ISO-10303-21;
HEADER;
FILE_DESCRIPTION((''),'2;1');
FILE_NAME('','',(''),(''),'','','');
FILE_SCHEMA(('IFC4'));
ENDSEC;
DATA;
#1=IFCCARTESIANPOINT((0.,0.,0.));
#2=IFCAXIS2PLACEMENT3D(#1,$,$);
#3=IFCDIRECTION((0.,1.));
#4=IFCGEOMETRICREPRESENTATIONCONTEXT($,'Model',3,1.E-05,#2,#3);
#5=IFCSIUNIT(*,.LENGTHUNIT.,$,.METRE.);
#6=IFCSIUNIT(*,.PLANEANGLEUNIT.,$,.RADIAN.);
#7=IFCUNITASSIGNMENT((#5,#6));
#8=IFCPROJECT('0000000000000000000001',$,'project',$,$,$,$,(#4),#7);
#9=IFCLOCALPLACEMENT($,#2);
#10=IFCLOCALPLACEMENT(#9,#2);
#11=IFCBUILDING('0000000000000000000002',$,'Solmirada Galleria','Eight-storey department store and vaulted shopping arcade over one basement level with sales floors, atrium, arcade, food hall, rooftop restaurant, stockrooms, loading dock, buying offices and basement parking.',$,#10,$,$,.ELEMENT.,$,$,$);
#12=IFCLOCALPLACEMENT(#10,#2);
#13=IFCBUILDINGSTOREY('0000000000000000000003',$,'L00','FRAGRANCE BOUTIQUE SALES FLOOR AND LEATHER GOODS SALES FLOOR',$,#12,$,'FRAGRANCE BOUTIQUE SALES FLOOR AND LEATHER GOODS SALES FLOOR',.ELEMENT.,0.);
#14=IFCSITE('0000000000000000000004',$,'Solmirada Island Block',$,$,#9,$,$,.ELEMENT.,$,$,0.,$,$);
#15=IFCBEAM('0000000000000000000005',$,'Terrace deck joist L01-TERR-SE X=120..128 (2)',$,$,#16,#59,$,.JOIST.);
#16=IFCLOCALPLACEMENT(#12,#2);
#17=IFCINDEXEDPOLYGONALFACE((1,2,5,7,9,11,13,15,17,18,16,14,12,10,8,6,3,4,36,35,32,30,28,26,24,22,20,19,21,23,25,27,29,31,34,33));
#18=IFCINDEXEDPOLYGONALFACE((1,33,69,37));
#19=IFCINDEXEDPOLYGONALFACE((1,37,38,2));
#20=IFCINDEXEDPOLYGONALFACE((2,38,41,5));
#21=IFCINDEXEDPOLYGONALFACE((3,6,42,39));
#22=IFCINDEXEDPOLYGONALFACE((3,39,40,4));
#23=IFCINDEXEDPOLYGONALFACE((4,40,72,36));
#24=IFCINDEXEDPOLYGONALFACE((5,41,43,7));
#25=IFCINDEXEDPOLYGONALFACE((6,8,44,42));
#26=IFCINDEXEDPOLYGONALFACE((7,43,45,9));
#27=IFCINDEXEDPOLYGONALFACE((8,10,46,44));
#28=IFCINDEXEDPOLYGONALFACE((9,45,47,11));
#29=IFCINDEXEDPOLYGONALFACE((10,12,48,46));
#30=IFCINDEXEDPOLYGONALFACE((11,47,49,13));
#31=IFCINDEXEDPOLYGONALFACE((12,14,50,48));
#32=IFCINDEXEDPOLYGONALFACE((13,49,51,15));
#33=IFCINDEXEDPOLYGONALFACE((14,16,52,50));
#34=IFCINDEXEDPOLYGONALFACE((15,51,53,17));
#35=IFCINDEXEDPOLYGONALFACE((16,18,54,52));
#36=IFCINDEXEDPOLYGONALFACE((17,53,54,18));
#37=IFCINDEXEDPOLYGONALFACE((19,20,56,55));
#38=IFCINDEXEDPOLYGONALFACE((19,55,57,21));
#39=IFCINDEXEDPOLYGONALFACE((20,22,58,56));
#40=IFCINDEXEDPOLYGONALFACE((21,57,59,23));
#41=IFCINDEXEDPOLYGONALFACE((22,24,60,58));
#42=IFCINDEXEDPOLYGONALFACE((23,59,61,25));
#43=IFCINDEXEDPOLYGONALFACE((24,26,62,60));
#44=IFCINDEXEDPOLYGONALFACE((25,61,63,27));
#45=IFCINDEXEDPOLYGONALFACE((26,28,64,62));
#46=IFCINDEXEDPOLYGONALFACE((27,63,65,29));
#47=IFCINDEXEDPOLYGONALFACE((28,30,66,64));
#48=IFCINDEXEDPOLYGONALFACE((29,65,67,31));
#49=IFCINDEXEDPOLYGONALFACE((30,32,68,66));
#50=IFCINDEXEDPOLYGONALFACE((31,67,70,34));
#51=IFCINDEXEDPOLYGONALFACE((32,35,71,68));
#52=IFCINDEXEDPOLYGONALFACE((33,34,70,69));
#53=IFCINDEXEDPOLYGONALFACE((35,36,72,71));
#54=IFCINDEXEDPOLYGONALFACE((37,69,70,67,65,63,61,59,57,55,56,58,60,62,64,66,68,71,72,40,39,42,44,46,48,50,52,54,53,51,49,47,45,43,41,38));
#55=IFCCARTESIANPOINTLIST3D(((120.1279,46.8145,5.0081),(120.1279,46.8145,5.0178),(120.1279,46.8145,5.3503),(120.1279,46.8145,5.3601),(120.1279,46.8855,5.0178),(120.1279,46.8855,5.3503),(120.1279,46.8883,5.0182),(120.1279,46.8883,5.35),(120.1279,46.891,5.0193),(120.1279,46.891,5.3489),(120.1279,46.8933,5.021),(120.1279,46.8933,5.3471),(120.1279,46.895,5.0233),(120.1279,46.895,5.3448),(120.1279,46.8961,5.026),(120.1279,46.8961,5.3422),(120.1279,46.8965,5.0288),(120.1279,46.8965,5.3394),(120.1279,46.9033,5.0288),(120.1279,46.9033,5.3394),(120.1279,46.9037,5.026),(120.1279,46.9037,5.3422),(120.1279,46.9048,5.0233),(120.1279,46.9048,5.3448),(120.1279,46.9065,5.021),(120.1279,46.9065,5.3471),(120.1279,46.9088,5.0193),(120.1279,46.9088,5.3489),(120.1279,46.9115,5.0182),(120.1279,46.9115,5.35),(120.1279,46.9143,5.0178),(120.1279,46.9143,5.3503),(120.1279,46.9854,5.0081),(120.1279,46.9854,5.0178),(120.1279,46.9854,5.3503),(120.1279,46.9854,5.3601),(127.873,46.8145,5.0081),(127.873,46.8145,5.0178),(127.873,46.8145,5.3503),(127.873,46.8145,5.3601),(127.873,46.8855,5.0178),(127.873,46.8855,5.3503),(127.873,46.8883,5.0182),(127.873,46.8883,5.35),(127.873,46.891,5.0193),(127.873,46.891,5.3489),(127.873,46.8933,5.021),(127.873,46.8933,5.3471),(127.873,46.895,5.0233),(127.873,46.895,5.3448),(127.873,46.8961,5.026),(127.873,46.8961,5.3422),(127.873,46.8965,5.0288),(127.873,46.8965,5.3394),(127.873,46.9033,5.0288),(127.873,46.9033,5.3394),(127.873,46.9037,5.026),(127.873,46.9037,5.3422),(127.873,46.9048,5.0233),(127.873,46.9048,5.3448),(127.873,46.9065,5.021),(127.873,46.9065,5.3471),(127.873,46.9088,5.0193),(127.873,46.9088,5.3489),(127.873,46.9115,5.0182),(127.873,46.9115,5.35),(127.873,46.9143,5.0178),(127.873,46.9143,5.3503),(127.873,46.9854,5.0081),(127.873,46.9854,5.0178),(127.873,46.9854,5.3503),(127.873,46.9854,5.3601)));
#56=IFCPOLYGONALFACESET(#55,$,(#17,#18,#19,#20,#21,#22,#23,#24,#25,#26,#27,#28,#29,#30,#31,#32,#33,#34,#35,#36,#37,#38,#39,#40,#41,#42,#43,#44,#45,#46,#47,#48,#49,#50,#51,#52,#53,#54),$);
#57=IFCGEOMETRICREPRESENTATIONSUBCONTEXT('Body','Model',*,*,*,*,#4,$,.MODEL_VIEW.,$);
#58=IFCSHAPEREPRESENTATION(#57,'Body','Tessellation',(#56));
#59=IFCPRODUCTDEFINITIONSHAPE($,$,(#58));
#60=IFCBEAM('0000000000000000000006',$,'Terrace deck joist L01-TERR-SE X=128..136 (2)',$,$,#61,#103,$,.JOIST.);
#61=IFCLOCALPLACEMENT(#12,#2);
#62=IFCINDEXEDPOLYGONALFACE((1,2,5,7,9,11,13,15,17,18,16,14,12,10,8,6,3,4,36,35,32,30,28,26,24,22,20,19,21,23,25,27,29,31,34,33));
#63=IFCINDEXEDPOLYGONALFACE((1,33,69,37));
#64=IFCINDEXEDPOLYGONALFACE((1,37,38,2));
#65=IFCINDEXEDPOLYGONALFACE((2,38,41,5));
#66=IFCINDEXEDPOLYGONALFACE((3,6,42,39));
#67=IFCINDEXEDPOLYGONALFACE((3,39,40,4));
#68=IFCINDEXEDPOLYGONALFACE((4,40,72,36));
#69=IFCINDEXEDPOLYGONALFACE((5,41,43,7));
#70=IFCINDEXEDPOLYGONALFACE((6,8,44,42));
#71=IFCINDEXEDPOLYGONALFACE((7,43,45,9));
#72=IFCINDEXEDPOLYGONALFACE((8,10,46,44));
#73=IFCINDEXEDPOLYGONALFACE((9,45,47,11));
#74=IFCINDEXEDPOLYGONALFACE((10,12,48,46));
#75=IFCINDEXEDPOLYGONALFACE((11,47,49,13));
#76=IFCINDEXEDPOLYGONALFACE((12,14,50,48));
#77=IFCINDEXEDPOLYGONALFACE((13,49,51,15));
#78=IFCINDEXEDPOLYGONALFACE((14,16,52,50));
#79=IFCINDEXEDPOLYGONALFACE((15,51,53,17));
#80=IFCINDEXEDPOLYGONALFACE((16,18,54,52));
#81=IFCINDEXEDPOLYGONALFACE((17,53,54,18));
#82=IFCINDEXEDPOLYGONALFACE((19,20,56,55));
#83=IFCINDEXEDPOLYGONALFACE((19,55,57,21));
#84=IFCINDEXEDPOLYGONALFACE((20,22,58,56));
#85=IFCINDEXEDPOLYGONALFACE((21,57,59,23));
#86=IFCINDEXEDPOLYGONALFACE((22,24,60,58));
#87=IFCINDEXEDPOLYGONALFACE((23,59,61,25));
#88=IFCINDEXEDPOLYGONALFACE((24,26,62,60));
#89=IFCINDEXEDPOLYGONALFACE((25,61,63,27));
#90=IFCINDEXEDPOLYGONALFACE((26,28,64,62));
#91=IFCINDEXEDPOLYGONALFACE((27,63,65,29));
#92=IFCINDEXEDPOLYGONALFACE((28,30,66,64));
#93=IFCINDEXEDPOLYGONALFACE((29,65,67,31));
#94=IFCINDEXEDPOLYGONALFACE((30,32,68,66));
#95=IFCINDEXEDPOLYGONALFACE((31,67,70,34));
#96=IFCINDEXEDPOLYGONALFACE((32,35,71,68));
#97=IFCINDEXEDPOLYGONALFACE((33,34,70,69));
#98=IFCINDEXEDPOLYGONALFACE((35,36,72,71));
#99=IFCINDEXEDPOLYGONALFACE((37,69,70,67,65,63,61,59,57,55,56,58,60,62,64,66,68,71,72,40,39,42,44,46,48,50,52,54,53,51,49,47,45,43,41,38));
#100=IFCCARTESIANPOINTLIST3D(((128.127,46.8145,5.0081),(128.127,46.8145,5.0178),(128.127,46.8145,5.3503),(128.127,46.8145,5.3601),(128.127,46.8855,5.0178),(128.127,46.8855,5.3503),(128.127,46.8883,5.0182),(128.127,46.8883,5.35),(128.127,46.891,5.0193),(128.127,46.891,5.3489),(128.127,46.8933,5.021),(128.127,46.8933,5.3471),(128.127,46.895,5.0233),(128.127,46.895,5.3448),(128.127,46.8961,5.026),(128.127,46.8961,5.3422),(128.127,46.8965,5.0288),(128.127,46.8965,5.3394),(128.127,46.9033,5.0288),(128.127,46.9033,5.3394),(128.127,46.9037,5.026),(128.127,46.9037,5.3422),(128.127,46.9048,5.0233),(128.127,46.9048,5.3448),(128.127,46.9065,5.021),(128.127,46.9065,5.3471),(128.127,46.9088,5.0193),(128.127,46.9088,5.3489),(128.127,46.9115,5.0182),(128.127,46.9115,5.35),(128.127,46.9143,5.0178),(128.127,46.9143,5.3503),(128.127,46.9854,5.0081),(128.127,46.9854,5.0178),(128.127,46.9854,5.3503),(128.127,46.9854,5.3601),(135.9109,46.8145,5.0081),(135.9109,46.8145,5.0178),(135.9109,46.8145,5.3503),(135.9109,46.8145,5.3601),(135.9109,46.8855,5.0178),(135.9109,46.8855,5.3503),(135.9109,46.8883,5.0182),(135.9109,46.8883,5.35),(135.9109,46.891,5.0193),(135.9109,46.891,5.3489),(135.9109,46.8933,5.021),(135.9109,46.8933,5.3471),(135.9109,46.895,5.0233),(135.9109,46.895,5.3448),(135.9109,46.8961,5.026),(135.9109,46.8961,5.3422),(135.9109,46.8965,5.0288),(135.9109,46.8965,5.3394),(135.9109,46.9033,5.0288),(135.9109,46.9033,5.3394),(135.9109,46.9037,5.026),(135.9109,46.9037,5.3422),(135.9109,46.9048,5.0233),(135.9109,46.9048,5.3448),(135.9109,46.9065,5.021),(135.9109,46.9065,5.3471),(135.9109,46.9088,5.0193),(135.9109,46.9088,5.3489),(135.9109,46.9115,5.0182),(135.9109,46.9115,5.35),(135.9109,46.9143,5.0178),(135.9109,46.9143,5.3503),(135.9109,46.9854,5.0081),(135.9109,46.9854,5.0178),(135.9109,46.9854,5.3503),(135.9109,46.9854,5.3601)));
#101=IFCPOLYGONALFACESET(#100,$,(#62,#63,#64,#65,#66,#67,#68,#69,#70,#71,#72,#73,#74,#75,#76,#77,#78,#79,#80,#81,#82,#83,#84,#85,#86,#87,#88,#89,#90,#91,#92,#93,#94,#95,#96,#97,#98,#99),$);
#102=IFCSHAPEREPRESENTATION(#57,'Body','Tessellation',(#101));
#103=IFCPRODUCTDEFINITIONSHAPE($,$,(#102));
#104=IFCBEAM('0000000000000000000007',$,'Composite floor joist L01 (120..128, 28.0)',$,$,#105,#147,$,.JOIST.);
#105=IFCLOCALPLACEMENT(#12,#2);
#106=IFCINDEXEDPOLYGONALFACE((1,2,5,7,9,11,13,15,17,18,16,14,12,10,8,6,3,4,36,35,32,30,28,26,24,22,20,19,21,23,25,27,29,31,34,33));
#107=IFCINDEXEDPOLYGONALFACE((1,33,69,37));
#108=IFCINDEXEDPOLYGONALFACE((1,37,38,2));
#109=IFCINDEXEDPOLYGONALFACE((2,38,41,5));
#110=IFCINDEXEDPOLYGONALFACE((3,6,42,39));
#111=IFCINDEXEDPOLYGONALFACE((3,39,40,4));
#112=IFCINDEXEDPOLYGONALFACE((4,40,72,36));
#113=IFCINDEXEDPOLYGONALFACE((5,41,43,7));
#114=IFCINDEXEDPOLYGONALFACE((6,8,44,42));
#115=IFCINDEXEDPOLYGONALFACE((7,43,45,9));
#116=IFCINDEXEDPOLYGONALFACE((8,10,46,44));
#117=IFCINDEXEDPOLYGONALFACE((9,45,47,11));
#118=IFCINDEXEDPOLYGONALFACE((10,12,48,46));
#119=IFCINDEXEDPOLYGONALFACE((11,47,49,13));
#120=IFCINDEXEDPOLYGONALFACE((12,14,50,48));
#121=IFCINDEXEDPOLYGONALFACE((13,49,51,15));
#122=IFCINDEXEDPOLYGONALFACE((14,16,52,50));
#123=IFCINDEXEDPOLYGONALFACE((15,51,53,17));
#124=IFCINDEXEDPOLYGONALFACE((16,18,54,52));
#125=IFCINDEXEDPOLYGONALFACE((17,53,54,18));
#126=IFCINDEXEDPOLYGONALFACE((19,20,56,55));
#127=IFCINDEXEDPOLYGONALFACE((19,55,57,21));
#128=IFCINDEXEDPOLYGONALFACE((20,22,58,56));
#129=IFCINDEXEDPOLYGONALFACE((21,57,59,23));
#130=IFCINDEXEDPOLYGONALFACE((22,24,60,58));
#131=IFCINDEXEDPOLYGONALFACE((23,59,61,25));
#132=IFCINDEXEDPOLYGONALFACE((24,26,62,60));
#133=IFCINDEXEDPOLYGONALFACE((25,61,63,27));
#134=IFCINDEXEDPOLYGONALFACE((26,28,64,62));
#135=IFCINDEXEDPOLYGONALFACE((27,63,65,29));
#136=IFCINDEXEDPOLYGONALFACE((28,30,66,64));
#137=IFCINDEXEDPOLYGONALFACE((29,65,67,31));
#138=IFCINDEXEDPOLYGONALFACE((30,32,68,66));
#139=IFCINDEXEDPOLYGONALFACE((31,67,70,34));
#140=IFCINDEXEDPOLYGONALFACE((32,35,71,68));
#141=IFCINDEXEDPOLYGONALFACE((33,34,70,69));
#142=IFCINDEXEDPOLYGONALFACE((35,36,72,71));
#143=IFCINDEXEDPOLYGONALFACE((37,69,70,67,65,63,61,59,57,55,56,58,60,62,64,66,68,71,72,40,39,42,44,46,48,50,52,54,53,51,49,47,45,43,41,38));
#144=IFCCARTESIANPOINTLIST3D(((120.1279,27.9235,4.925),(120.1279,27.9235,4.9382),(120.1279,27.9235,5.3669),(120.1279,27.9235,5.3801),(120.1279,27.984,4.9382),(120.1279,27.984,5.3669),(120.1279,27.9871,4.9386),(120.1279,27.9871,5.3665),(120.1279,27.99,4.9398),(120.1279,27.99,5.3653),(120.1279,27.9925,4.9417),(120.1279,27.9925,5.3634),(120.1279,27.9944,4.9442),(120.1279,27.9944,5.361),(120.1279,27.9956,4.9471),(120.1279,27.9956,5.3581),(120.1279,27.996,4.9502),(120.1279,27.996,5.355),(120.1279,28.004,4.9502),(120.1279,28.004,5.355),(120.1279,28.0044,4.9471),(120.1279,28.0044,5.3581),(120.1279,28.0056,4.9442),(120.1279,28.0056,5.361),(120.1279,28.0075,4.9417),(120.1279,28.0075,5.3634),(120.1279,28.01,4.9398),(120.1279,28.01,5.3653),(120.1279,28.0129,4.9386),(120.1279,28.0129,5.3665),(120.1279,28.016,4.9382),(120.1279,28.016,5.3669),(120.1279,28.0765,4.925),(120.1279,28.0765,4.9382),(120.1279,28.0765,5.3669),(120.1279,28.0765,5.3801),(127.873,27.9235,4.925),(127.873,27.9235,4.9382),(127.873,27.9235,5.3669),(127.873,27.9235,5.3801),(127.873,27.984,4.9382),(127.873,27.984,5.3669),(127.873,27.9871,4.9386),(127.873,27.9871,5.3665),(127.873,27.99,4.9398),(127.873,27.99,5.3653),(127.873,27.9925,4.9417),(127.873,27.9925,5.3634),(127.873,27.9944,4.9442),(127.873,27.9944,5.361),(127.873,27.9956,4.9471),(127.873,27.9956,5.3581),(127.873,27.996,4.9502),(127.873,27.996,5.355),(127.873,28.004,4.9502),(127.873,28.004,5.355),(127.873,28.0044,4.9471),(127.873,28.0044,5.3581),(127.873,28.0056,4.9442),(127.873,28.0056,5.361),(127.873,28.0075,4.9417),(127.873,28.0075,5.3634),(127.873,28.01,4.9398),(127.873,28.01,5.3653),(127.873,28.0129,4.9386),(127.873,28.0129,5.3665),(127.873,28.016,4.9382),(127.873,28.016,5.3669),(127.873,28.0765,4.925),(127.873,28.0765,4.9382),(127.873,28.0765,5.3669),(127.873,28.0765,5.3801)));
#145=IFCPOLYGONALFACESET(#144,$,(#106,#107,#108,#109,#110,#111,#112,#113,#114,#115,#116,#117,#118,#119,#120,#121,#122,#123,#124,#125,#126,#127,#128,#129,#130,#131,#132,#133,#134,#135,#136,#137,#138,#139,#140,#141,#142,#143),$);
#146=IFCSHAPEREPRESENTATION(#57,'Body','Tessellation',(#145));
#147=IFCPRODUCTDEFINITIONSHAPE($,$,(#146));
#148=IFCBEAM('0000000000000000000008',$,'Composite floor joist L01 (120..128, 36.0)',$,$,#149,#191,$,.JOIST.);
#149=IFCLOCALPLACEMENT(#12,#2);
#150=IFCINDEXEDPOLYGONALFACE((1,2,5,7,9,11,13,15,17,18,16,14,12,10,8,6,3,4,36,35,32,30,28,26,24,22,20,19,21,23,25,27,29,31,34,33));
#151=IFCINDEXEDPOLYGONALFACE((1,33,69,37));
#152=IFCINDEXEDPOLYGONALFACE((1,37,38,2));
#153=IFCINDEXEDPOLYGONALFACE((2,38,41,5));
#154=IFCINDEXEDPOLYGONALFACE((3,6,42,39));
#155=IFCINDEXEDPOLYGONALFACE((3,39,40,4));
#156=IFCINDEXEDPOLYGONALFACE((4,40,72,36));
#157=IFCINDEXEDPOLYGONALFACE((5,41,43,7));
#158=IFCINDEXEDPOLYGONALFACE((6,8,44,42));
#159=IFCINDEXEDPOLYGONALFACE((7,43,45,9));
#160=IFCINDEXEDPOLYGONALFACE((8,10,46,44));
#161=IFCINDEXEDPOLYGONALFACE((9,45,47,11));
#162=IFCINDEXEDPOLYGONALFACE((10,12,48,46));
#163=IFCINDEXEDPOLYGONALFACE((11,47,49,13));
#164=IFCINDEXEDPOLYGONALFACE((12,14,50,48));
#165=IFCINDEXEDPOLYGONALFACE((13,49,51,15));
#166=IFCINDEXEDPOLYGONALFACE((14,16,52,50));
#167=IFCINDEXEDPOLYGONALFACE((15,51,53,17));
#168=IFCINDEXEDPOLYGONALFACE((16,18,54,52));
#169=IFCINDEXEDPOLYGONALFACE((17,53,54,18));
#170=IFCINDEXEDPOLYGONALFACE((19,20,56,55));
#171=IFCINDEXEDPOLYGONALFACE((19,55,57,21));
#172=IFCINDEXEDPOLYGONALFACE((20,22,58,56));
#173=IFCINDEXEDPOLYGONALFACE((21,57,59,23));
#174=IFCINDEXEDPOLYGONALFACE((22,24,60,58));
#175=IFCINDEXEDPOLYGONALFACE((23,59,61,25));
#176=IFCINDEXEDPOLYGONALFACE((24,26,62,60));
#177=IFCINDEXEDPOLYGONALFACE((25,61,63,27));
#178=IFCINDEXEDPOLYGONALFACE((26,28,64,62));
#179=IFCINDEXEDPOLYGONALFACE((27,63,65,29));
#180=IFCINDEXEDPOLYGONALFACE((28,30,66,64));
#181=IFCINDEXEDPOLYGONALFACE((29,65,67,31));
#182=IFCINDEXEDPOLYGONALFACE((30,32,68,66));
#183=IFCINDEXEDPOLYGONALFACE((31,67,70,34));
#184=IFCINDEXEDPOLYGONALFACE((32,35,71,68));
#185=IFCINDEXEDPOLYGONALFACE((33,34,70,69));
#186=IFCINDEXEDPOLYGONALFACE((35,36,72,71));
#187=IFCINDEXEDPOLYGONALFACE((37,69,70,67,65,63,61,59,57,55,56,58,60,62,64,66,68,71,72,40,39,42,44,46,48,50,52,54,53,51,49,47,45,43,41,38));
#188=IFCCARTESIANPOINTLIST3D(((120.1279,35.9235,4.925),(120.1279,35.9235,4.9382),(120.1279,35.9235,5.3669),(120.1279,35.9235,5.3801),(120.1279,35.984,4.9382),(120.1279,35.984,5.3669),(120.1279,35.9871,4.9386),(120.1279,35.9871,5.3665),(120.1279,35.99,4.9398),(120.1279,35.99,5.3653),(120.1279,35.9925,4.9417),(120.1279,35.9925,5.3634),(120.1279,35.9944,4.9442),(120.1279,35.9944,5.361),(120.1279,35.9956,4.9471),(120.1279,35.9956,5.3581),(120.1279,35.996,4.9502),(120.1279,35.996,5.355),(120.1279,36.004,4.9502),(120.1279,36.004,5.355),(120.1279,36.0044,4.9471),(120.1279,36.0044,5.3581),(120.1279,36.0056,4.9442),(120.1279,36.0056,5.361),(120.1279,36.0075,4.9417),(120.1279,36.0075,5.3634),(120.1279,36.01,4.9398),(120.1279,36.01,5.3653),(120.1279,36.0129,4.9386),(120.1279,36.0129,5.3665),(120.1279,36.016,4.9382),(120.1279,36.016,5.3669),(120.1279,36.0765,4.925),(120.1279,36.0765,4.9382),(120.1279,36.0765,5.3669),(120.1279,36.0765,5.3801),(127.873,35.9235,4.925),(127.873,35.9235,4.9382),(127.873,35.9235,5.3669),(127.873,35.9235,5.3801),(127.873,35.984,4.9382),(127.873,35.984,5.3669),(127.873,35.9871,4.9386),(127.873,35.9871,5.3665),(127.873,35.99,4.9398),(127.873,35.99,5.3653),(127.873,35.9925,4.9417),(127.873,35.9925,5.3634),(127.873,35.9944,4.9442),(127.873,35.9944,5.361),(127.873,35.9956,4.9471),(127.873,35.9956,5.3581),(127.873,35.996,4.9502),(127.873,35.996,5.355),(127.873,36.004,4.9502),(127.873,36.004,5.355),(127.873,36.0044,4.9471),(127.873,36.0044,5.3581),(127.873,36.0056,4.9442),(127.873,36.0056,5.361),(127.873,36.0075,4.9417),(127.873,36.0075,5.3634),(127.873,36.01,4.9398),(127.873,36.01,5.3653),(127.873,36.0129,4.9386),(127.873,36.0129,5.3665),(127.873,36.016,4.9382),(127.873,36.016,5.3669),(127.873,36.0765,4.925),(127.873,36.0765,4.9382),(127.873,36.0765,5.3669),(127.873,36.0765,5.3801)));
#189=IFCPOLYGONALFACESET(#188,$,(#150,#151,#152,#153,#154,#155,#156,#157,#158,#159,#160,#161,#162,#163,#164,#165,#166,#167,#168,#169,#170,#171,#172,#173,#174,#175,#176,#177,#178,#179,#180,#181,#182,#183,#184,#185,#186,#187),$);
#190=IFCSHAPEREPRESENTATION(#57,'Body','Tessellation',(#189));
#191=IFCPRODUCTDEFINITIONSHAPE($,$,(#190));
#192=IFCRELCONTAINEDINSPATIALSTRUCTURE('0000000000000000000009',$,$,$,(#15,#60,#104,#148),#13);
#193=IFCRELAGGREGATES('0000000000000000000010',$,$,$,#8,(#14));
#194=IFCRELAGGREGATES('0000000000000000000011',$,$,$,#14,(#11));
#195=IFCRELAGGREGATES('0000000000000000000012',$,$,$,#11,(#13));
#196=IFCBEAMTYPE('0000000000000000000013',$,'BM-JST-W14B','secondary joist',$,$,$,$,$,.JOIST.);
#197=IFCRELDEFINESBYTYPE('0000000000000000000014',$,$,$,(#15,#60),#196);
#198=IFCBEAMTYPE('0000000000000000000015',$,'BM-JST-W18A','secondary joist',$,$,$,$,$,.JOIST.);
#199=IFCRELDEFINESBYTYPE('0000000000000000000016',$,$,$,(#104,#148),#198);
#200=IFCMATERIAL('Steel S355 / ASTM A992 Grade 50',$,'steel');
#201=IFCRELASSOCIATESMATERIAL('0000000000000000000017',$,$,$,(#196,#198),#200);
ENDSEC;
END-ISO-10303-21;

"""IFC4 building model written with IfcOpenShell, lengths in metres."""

from ifc_helpers import new_model, si_unit, direction, frame, origin, origin_2d, place, context, subcontext, project, spatial, i_section, extrude, material, material_profile, profile_set, type_object, element, save


model = new_model("IFC4")

# Units and contexts
model_context = context("Model", 3, precision=1e-05, world=origin(), true_north=direction((0.0, 1.0)))
body_context = subcontext(model_context, "Body", "Model", "MODEL_VIEW")
ifc_project = project(units=[si_unit("LENGTHUNIT", "METRE"), si_unit("PLANEANGLEUNIT", "RADIAN")], contexts=[model_context])

# Site, building, storey
site_placement = place(None, origin())
site = spatial("IfcSite", under=ifc_project, at=site_placement, Name="Solmirada Island Block", CompositionType="ELEMENT", RefElevation=0.0)
building_placement = place(site_placement, origin())
building = spatial("IfcBuilding", under=site, at=building_placement, Name="Solmirada Galleria", Description="Eight-storey department store and vaulted shopping arcade over one basement level with sales floors, atrium, arcade, food hall, rooftop restaurant, stockrooms, loading dock, buying offices and basement parking.", CompositionType="ELEMENT")
storey_placement = place(building_placement, origin())
storey = spatial("IfcBuildingStorey", under=building, at=storey_placement, Name="L00", Description="FRAGRANCE BOUTIQUE SALES FLOOR AND LEATHER GOODS SALES FLOOR", LongName="FRAGRANCE BOUTIQUE SALES FLOOR AND LEATHER GOODS SALES FLOOR", CompositionType="ELEMENT", Elevation=0.0)

# Beams
ifc_material_1 = material(Name="Steel S355 / ASTM A992 Grade 50", Category="steel")
ifc_material_profile_1 = material_profile(ifc_material_1, i_section(OverallWidth=0.1709, OverallDepth=0.3521, WebThickness=0.0068, FlangeThickness=0.0098, FilletRadius=0.011, at=origin_2d()), Name="W14X30")
ifc_profile_set_1 = profile_set([ifc_material_profile_1], Name="Steel S355 / ASTM A992 Grade 50")
beam_type_1 = type_object("IfcBeamType", Name="BM-JST-W14B", Description="secondary joist", PredefinedType="JOIST", material=ifc_profile_set_1)
beam_1_placement = place(storey_placement, frame((120.1279, 46.8999, 5.1841), z_axis=(1.0, 0.0, 0.0), x_axis=(0.0, 1.0, 0.0)))
element("IfcBeam", 1, at=beam_1_placement, inside=storey, type_object=beam_type_1, Name="Terrace deck joist L01-TERR-SE X=120..128 (2)", PredefinedType="JOIST", context=body_context, shape_type="SweptSolid", body=[
    extrude(i_section(OverallWidth=0.1709, OverallDepth=0.3521, WebThickness=0.0068, FlangeThickness=0.0098, FilletRadius=0.011, at=origin_2d()), origin(), (0.0, 0.0, 1.0), 7.7451),
])
beam_2_placement = place(storey_placement, frame((128.127, 46.8999, 5.1841), z_axis=(1.0, 0.0, 0.0), x_axis=(0.0, 1.0, 0.0)))
element("IfcBeam", 2, at=beam_2_placement, inside=storey, type_object=beam_type_1, Name="Terrace deck joist L01-TERR-SE X=128..136 (2)", PredefinedType="JOIST", context=body_context, shape_type="SweptSolid", body=[
    extrude(i_section(OverallWidth=0.1709, OverallDepth=0.3521, WebThickness=0.0068, FlangeThickness=0.0098, FilletRadius=0.011, at=origin_2d()), origin(), (0.0, 0.0, 1.0), 7.7839),
])
ifc_material_profile_2 = material_profile(ifc_material_1, i_section(OverallWidth=0.1531, OverallDepth=0.4551, WebThickness=0.0081, FlangeThickness=0.0132, FilletRadius=0.012, at=origin_2d()), Name="W18X40")
ifc_profile_set_2 = profile_set([ifc_material_profile_2], Name="Steel S355 / ASTM A992 Grade 50")
beam_type_2 = type_object("IfcBeamType", Name="BM-JST-W18A", Description="secondary joist", PredefinedType="JOIST", material=ifc_profile_set_2)
for number, where, z_axis, x_axis, name in (
    (3, (120.1279, 28.0, 5.1526), (1.0, 0.0, 0.0), (0.0, 1.0, 0.0), "Composite floor joist L01 (120..128, 28.0)"),
    (4, (120.1279, 36.0, 5.1526), (1.0, 0.0, 0.0), (0.0, 1.0, 0.0), "Composite floor joist L01 (120..128, 36.0)"),
):
    element("IfcBeam", number, at=place(storey_placement, frame(where, z_axis=z_axis, x_axis=x_axis)), inside=storey, type_object=beam_type_2, Name=name, PredefinedType="JOIST", context=body_context, shape_type="SweptSolid", body=[
        extrude(i_section(OverallWidth=0.1531, OverallDepth=0.4551, WebThickness=0.0081, FlangeThickness=0.0132, FilletRadius=0.012, at=origin_2d()), origin(), (0.0, 0.0, 1.0), 7.7451),
    ])

save(model, "model.ifc")
